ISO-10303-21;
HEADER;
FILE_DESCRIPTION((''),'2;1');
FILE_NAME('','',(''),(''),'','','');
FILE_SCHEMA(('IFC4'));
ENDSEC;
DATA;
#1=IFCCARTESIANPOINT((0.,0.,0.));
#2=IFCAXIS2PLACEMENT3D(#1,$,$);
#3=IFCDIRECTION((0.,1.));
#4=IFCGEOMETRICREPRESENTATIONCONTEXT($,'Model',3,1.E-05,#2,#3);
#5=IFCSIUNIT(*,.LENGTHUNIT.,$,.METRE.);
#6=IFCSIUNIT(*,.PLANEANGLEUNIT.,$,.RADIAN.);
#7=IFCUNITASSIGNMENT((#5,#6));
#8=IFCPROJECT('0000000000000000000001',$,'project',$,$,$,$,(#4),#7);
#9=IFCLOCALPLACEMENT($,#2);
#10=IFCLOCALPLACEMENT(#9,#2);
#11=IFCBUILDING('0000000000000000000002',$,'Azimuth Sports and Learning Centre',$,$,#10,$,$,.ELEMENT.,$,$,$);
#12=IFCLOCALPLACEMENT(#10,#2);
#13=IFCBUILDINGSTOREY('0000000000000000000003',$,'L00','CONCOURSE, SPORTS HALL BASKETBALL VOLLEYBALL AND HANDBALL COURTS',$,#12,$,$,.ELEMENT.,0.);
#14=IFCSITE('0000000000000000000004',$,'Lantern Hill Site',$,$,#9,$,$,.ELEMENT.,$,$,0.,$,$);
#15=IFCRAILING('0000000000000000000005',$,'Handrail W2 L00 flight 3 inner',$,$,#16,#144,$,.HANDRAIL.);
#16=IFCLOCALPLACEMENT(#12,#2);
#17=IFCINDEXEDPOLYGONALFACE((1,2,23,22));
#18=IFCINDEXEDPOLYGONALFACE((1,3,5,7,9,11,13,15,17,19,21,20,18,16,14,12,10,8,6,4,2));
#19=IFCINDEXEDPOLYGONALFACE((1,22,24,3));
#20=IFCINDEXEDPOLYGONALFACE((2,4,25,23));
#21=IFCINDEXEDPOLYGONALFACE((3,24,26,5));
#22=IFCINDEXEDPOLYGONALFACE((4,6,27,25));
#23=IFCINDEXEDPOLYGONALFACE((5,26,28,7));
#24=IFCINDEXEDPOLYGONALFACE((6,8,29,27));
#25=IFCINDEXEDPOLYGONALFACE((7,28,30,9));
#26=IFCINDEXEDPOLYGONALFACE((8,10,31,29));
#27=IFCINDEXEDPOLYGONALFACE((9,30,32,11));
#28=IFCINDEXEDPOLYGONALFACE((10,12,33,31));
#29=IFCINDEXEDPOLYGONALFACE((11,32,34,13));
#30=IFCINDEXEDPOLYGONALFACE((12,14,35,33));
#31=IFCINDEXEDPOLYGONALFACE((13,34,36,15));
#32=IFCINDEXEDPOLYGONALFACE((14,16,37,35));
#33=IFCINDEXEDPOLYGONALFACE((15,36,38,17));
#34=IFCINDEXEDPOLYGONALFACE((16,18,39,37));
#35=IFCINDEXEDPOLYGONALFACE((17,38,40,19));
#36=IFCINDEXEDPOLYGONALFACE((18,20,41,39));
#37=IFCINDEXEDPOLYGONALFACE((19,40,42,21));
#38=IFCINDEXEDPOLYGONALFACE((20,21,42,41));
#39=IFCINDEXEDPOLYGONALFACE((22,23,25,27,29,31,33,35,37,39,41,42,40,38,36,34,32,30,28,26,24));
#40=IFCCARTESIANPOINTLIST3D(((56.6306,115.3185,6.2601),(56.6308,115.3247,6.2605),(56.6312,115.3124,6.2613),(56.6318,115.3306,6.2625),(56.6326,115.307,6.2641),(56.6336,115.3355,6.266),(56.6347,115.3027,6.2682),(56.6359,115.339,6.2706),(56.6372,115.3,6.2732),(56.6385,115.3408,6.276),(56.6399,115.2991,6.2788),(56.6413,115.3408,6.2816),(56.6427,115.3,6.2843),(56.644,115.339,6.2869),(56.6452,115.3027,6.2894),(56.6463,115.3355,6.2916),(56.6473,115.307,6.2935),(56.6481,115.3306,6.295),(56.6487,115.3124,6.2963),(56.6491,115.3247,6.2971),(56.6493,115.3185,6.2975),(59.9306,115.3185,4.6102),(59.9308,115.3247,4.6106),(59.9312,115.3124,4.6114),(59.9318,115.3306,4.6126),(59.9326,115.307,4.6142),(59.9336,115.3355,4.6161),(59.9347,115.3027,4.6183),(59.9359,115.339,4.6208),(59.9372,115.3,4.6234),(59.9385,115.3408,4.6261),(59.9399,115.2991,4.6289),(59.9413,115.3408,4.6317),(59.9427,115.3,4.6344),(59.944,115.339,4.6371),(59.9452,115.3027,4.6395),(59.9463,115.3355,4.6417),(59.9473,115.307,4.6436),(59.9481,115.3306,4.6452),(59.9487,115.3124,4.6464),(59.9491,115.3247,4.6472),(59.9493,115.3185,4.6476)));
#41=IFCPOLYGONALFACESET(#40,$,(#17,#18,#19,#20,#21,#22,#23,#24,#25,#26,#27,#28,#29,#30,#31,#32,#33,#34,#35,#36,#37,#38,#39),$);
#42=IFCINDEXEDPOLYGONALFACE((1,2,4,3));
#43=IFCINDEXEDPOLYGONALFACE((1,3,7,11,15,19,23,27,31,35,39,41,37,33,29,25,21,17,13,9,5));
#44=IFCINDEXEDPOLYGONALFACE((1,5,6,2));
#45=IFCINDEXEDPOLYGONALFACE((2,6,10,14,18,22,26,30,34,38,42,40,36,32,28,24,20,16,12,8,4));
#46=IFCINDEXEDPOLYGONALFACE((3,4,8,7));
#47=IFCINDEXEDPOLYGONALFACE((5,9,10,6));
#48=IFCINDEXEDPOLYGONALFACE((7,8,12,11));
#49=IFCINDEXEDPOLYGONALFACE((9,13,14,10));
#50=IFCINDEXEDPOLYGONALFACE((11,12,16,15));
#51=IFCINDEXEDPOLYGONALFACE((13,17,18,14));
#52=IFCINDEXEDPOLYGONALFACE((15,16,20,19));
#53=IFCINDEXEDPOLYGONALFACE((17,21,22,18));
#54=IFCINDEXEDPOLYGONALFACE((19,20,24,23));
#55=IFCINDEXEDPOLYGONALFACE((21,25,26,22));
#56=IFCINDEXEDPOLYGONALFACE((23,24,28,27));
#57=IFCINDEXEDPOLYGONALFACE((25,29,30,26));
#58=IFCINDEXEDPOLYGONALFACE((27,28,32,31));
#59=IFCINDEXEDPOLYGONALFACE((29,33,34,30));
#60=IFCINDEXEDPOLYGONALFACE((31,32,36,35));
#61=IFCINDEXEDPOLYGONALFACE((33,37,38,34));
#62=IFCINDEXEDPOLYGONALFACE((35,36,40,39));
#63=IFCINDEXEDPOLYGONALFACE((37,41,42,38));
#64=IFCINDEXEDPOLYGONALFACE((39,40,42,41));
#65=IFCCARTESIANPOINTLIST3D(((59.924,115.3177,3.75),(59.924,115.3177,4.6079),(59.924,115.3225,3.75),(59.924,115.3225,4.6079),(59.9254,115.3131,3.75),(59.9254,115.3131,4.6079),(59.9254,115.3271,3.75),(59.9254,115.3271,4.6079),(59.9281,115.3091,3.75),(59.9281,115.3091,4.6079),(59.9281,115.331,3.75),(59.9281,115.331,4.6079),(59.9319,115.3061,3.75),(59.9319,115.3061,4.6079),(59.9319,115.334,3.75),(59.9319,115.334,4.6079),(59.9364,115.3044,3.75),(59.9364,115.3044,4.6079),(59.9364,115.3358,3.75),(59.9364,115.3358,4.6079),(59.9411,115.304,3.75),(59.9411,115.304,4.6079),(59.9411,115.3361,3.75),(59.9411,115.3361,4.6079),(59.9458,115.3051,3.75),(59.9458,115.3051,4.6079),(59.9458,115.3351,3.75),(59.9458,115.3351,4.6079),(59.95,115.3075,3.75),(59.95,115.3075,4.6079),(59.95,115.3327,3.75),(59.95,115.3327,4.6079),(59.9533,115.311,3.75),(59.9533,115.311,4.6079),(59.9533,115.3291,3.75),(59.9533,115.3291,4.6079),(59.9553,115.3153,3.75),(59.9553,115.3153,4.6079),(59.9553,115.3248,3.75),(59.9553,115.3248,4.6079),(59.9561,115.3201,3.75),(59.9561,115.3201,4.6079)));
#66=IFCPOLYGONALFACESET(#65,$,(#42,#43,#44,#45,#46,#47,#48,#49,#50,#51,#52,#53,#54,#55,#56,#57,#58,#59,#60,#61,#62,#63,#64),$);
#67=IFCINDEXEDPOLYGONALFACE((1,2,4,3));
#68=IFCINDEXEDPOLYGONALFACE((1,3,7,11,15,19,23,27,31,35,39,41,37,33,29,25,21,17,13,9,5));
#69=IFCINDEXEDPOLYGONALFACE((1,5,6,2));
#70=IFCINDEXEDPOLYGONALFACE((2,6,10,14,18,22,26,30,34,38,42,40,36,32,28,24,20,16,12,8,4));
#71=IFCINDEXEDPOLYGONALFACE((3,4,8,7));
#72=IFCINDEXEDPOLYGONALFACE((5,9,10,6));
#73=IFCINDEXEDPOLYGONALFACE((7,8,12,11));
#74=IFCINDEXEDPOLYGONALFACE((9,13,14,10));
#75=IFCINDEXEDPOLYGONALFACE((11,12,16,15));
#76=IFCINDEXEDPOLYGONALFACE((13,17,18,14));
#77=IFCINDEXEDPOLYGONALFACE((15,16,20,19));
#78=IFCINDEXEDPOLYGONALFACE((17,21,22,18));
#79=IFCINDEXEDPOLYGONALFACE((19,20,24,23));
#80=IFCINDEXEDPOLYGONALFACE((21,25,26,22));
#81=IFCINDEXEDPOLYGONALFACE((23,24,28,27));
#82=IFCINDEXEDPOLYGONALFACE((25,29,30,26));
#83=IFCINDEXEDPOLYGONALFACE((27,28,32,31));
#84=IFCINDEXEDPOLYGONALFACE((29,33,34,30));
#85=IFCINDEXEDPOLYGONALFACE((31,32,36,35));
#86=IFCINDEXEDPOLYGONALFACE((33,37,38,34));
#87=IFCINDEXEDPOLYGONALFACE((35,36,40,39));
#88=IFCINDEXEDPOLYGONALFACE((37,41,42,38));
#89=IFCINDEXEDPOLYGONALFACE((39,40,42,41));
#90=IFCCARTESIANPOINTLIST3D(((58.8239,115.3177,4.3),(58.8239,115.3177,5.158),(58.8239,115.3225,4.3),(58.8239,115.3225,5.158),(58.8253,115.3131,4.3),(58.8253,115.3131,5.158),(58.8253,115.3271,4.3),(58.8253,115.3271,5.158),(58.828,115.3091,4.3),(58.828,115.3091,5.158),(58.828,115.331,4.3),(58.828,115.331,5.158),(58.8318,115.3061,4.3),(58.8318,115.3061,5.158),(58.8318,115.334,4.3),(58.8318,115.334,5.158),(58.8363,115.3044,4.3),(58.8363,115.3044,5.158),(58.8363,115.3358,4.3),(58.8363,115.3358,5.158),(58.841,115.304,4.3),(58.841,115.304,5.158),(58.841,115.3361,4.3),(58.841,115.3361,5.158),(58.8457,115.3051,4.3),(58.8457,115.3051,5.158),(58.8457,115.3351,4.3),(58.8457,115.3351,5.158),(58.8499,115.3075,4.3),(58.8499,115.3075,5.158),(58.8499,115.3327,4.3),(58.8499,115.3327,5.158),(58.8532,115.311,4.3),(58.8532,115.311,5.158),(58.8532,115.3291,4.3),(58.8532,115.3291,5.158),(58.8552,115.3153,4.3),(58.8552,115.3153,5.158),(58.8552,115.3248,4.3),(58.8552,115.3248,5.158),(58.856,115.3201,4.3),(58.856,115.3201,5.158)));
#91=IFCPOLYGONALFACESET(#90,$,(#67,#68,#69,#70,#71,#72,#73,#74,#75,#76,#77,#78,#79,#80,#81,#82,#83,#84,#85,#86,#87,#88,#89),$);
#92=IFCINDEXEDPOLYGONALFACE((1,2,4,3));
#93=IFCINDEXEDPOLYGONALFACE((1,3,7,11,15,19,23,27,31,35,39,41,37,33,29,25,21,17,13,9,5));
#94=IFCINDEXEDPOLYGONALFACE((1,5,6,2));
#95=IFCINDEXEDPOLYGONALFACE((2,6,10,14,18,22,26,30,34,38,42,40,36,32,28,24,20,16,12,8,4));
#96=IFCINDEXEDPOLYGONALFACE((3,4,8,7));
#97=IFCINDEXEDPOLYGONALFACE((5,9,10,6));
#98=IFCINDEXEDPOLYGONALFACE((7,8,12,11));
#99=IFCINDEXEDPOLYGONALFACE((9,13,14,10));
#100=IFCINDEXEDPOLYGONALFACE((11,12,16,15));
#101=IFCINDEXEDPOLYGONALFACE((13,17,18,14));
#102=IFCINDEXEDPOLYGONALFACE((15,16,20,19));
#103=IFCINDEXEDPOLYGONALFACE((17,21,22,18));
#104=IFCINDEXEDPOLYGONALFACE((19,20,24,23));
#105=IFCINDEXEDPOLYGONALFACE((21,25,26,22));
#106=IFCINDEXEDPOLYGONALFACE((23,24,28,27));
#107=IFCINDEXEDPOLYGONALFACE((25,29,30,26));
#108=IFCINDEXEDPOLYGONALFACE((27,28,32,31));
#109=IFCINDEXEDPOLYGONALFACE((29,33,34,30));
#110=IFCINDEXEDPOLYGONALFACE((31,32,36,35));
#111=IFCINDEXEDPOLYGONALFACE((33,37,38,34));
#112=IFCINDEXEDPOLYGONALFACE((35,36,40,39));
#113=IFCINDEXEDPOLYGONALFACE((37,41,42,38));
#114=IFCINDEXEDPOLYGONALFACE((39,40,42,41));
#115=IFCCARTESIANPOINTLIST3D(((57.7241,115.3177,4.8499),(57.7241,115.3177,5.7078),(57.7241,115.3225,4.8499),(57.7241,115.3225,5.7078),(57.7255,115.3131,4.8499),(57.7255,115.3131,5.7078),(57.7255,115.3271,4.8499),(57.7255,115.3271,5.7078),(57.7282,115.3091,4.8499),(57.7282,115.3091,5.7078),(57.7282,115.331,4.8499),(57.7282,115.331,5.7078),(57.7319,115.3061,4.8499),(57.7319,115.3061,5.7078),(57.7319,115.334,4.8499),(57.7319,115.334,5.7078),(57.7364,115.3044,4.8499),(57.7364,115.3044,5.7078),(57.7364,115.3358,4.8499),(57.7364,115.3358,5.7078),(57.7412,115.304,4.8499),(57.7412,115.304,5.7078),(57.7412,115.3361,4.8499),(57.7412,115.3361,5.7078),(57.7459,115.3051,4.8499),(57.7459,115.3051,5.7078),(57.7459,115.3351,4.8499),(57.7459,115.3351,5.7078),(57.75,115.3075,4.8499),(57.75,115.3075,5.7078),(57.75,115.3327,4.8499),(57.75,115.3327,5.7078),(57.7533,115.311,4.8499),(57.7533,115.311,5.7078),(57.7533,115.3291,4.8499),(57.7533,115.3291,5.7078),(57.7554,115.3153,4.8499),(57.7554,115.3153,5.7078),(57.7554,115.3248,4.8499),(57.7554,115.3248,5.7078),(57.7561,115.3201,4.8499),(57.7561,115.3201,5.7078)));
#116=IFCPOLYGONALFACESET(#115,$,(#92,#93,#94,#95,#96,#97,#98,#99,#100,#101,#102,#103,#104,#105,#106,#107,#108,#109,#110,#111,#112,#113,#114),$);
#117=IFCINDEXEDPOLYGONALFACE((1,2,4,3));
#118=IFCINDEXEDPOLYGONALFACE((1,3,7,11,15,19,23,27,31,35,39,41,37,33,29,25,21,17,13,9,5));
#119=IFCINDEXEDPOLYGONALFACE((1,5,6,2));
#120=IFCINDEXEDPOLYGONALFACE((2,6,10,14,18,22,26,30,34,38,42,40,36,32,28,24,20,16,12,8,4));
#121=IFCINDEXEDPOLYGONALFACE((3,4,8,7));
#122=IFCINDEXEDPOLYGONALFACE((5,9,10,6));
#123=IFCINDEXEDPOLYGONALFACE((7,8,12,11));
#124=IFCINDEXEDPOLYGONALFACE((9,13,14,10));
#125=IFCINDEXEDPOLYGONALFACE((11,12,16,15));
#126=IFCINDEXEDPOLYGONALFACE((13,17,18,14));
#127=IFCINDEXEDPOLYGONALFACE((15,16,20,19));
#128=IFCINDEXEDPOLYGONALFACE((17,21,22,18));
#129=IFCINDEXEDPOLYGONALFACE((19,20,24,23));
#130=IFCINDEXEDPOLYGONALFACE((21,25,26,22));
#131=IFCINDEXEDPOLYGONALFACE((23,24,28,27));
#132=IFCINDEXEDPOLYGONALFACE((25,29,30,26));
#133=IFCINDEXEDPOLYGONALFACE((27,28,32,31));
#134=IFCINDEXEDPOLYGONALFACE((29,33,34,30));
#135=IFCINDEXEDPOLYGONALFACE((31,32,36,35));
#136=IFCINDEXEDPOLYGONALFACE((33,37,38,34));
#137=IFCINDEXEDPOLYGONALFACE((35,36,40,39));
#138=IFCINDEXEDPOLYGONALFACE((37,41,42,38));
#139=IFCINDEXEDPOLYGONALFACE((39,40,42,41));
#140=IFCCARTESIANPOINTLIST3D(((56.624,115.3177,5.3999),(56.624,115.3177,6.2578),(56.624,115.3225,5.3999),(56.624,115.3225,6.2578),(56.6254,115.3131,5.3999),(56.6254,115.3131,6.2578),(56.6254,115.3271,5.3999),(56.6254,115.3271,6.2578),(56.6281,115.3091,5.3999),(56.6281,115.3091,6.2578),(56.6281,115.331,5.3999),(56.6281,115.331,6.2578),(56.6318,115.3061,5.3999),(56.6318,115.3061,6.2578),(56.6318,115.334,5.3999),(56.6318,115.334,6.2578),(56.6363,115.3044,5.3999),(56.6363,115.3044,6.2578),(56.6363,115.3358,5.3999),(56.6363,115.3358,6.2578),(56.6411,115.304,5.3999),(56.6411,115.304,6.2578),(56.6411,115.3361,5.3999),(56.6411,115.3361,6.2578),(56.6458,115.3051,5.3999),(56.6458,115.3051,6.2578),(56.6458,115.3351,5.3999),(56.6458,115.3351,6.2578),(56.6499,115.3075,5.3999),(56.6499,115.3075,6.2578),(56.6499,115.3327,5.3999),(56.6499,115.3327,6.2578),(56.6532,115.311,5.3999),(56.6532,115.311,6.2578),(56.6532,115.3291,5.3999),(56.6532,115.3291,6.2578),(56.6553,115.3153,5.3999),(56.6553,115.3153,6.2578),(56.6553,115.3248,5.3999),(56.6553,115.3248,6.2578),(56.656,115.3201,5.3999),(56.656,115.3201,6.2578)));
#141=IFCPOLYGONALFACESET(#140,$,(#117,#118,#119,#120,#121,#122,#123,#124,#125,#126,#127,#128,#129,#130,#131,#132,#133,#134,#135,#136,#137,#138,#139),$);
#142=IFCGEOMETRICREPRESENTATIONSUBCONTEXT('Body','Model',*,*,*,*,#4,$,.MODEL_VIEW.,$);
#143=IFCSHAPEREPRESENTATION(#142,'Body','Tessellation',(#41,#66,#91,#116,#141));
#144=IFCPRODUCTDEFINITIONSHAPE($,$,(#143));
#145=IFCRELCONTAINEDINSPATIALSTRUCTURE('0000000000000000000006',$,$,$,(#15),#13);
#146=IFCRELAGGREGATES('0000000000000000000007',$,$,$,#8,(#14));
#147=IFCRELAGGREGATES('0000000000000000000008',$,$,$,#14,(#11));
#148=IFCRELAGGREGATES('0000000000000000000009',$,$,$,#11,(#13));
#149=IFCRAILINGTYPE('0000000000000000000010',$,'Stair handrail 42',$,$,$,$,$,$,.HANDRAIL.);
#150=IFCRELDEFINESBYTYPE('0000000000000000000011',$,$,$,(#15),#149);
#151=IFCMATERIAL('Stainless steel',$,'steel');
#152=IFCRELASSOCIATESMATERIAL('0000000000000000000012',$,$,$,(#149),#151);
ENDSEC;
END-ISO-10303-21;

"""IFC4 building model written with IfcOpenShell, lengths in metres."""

from ifc_helpers import new_model, si_unit, direction, frame, origin, origin_2d, place, context, subcontext, project, spatial, circle, extrude, material, type_object, element, save


model = new_model("IFC4")

# Units and contexts
model_context = context("Model", 3, precision=1e-05, world=origin(), true_north=direction((0.0, 1.0)))
body_context = subcontext(model_context, "Body", "Model", "MODEL_VIEW")
ifc_project = project(units=[si_unit("LENGTHUNIT", "METRE"), si_unit("PLANEANGLEUNIT", "RADIAN")], contexts=[model_context])

# Site, building, storey
site_placement = place(None, origin())
site = spatial("IfcSite", under=ifc_project, at=site_placement, Name="Lantern Hill Site", CompositionType="ELEMENT", RefElevation=0.0)
building_placement = place(site_placement, origin())
building = spatial("IfcBuilding", under=site, at=building_placement, Name="Azimuth Sports and Learning Centre", CompositionType="ELEMENT")
storey_placement = place(building_placement, origin())
storey = spatial("IfcBuildingStorey", under=building, at=storey_placement, Name="L00", Description="CONCOURSE, SPORTS HALL BASKETBALL VOLLEYBALL AND HANDBALL COURTS", CompositionType="ELEMENT", Elevation=0.0)

# Railing
ifc_material_1 = material(Name="Stainless steel", Category="steel")
railing_type = type_object("IfcRailingType", Name="Stair handrail 42", PredefinedType="HANDRAIL", material=ifc_material_1)
for number, where, name in (
    (1, (59.9399, 115.3201, 3.75), "Handrail W2 L00 flight 3 inner"),
):
    element("IfcRailing", number, at=place(storey_placement, frame(where)), inside=storey, type_object=railing_type, Name=name, PredefinedType="HANDRAIL", context=body_context, shape_type="SweptSolid", body=[
        extrude(circle(Radius=0.021, at=origin_2d()), frame((0.0, 0.0, 0.8789), z_axis=(-0.89444, 0.0, 0.447187), x_axis=(0.0, -1.0, 0.0)), (0.0, 0.0, 1.0), 3.6895),
        extrude(circle(Radius=0.0161, at=origin_2d()), origin(), (0.0, 0.0, 1.0), 0.8579),
        extrude(circle(Radius=0.0161, at=origin_2d()), frame((-1.1001, 0.0, 0.55)), (0.0, 0.0, 1.0), 0.8579),
        extrude(circle(Radius=0.0161, at=origin_2d()), frame((-2.2, 0.0, 1.0999)), (0.0, 0.0, 1.0), 0.8579),
        extrude(circle(Radius=0.0161, at=origin_2d()), frame((-3.3, 0.0, 1.6499)), (0.0, 0.0, 1.0), 0.8579),
    ])

save(model, "model.ifc")
